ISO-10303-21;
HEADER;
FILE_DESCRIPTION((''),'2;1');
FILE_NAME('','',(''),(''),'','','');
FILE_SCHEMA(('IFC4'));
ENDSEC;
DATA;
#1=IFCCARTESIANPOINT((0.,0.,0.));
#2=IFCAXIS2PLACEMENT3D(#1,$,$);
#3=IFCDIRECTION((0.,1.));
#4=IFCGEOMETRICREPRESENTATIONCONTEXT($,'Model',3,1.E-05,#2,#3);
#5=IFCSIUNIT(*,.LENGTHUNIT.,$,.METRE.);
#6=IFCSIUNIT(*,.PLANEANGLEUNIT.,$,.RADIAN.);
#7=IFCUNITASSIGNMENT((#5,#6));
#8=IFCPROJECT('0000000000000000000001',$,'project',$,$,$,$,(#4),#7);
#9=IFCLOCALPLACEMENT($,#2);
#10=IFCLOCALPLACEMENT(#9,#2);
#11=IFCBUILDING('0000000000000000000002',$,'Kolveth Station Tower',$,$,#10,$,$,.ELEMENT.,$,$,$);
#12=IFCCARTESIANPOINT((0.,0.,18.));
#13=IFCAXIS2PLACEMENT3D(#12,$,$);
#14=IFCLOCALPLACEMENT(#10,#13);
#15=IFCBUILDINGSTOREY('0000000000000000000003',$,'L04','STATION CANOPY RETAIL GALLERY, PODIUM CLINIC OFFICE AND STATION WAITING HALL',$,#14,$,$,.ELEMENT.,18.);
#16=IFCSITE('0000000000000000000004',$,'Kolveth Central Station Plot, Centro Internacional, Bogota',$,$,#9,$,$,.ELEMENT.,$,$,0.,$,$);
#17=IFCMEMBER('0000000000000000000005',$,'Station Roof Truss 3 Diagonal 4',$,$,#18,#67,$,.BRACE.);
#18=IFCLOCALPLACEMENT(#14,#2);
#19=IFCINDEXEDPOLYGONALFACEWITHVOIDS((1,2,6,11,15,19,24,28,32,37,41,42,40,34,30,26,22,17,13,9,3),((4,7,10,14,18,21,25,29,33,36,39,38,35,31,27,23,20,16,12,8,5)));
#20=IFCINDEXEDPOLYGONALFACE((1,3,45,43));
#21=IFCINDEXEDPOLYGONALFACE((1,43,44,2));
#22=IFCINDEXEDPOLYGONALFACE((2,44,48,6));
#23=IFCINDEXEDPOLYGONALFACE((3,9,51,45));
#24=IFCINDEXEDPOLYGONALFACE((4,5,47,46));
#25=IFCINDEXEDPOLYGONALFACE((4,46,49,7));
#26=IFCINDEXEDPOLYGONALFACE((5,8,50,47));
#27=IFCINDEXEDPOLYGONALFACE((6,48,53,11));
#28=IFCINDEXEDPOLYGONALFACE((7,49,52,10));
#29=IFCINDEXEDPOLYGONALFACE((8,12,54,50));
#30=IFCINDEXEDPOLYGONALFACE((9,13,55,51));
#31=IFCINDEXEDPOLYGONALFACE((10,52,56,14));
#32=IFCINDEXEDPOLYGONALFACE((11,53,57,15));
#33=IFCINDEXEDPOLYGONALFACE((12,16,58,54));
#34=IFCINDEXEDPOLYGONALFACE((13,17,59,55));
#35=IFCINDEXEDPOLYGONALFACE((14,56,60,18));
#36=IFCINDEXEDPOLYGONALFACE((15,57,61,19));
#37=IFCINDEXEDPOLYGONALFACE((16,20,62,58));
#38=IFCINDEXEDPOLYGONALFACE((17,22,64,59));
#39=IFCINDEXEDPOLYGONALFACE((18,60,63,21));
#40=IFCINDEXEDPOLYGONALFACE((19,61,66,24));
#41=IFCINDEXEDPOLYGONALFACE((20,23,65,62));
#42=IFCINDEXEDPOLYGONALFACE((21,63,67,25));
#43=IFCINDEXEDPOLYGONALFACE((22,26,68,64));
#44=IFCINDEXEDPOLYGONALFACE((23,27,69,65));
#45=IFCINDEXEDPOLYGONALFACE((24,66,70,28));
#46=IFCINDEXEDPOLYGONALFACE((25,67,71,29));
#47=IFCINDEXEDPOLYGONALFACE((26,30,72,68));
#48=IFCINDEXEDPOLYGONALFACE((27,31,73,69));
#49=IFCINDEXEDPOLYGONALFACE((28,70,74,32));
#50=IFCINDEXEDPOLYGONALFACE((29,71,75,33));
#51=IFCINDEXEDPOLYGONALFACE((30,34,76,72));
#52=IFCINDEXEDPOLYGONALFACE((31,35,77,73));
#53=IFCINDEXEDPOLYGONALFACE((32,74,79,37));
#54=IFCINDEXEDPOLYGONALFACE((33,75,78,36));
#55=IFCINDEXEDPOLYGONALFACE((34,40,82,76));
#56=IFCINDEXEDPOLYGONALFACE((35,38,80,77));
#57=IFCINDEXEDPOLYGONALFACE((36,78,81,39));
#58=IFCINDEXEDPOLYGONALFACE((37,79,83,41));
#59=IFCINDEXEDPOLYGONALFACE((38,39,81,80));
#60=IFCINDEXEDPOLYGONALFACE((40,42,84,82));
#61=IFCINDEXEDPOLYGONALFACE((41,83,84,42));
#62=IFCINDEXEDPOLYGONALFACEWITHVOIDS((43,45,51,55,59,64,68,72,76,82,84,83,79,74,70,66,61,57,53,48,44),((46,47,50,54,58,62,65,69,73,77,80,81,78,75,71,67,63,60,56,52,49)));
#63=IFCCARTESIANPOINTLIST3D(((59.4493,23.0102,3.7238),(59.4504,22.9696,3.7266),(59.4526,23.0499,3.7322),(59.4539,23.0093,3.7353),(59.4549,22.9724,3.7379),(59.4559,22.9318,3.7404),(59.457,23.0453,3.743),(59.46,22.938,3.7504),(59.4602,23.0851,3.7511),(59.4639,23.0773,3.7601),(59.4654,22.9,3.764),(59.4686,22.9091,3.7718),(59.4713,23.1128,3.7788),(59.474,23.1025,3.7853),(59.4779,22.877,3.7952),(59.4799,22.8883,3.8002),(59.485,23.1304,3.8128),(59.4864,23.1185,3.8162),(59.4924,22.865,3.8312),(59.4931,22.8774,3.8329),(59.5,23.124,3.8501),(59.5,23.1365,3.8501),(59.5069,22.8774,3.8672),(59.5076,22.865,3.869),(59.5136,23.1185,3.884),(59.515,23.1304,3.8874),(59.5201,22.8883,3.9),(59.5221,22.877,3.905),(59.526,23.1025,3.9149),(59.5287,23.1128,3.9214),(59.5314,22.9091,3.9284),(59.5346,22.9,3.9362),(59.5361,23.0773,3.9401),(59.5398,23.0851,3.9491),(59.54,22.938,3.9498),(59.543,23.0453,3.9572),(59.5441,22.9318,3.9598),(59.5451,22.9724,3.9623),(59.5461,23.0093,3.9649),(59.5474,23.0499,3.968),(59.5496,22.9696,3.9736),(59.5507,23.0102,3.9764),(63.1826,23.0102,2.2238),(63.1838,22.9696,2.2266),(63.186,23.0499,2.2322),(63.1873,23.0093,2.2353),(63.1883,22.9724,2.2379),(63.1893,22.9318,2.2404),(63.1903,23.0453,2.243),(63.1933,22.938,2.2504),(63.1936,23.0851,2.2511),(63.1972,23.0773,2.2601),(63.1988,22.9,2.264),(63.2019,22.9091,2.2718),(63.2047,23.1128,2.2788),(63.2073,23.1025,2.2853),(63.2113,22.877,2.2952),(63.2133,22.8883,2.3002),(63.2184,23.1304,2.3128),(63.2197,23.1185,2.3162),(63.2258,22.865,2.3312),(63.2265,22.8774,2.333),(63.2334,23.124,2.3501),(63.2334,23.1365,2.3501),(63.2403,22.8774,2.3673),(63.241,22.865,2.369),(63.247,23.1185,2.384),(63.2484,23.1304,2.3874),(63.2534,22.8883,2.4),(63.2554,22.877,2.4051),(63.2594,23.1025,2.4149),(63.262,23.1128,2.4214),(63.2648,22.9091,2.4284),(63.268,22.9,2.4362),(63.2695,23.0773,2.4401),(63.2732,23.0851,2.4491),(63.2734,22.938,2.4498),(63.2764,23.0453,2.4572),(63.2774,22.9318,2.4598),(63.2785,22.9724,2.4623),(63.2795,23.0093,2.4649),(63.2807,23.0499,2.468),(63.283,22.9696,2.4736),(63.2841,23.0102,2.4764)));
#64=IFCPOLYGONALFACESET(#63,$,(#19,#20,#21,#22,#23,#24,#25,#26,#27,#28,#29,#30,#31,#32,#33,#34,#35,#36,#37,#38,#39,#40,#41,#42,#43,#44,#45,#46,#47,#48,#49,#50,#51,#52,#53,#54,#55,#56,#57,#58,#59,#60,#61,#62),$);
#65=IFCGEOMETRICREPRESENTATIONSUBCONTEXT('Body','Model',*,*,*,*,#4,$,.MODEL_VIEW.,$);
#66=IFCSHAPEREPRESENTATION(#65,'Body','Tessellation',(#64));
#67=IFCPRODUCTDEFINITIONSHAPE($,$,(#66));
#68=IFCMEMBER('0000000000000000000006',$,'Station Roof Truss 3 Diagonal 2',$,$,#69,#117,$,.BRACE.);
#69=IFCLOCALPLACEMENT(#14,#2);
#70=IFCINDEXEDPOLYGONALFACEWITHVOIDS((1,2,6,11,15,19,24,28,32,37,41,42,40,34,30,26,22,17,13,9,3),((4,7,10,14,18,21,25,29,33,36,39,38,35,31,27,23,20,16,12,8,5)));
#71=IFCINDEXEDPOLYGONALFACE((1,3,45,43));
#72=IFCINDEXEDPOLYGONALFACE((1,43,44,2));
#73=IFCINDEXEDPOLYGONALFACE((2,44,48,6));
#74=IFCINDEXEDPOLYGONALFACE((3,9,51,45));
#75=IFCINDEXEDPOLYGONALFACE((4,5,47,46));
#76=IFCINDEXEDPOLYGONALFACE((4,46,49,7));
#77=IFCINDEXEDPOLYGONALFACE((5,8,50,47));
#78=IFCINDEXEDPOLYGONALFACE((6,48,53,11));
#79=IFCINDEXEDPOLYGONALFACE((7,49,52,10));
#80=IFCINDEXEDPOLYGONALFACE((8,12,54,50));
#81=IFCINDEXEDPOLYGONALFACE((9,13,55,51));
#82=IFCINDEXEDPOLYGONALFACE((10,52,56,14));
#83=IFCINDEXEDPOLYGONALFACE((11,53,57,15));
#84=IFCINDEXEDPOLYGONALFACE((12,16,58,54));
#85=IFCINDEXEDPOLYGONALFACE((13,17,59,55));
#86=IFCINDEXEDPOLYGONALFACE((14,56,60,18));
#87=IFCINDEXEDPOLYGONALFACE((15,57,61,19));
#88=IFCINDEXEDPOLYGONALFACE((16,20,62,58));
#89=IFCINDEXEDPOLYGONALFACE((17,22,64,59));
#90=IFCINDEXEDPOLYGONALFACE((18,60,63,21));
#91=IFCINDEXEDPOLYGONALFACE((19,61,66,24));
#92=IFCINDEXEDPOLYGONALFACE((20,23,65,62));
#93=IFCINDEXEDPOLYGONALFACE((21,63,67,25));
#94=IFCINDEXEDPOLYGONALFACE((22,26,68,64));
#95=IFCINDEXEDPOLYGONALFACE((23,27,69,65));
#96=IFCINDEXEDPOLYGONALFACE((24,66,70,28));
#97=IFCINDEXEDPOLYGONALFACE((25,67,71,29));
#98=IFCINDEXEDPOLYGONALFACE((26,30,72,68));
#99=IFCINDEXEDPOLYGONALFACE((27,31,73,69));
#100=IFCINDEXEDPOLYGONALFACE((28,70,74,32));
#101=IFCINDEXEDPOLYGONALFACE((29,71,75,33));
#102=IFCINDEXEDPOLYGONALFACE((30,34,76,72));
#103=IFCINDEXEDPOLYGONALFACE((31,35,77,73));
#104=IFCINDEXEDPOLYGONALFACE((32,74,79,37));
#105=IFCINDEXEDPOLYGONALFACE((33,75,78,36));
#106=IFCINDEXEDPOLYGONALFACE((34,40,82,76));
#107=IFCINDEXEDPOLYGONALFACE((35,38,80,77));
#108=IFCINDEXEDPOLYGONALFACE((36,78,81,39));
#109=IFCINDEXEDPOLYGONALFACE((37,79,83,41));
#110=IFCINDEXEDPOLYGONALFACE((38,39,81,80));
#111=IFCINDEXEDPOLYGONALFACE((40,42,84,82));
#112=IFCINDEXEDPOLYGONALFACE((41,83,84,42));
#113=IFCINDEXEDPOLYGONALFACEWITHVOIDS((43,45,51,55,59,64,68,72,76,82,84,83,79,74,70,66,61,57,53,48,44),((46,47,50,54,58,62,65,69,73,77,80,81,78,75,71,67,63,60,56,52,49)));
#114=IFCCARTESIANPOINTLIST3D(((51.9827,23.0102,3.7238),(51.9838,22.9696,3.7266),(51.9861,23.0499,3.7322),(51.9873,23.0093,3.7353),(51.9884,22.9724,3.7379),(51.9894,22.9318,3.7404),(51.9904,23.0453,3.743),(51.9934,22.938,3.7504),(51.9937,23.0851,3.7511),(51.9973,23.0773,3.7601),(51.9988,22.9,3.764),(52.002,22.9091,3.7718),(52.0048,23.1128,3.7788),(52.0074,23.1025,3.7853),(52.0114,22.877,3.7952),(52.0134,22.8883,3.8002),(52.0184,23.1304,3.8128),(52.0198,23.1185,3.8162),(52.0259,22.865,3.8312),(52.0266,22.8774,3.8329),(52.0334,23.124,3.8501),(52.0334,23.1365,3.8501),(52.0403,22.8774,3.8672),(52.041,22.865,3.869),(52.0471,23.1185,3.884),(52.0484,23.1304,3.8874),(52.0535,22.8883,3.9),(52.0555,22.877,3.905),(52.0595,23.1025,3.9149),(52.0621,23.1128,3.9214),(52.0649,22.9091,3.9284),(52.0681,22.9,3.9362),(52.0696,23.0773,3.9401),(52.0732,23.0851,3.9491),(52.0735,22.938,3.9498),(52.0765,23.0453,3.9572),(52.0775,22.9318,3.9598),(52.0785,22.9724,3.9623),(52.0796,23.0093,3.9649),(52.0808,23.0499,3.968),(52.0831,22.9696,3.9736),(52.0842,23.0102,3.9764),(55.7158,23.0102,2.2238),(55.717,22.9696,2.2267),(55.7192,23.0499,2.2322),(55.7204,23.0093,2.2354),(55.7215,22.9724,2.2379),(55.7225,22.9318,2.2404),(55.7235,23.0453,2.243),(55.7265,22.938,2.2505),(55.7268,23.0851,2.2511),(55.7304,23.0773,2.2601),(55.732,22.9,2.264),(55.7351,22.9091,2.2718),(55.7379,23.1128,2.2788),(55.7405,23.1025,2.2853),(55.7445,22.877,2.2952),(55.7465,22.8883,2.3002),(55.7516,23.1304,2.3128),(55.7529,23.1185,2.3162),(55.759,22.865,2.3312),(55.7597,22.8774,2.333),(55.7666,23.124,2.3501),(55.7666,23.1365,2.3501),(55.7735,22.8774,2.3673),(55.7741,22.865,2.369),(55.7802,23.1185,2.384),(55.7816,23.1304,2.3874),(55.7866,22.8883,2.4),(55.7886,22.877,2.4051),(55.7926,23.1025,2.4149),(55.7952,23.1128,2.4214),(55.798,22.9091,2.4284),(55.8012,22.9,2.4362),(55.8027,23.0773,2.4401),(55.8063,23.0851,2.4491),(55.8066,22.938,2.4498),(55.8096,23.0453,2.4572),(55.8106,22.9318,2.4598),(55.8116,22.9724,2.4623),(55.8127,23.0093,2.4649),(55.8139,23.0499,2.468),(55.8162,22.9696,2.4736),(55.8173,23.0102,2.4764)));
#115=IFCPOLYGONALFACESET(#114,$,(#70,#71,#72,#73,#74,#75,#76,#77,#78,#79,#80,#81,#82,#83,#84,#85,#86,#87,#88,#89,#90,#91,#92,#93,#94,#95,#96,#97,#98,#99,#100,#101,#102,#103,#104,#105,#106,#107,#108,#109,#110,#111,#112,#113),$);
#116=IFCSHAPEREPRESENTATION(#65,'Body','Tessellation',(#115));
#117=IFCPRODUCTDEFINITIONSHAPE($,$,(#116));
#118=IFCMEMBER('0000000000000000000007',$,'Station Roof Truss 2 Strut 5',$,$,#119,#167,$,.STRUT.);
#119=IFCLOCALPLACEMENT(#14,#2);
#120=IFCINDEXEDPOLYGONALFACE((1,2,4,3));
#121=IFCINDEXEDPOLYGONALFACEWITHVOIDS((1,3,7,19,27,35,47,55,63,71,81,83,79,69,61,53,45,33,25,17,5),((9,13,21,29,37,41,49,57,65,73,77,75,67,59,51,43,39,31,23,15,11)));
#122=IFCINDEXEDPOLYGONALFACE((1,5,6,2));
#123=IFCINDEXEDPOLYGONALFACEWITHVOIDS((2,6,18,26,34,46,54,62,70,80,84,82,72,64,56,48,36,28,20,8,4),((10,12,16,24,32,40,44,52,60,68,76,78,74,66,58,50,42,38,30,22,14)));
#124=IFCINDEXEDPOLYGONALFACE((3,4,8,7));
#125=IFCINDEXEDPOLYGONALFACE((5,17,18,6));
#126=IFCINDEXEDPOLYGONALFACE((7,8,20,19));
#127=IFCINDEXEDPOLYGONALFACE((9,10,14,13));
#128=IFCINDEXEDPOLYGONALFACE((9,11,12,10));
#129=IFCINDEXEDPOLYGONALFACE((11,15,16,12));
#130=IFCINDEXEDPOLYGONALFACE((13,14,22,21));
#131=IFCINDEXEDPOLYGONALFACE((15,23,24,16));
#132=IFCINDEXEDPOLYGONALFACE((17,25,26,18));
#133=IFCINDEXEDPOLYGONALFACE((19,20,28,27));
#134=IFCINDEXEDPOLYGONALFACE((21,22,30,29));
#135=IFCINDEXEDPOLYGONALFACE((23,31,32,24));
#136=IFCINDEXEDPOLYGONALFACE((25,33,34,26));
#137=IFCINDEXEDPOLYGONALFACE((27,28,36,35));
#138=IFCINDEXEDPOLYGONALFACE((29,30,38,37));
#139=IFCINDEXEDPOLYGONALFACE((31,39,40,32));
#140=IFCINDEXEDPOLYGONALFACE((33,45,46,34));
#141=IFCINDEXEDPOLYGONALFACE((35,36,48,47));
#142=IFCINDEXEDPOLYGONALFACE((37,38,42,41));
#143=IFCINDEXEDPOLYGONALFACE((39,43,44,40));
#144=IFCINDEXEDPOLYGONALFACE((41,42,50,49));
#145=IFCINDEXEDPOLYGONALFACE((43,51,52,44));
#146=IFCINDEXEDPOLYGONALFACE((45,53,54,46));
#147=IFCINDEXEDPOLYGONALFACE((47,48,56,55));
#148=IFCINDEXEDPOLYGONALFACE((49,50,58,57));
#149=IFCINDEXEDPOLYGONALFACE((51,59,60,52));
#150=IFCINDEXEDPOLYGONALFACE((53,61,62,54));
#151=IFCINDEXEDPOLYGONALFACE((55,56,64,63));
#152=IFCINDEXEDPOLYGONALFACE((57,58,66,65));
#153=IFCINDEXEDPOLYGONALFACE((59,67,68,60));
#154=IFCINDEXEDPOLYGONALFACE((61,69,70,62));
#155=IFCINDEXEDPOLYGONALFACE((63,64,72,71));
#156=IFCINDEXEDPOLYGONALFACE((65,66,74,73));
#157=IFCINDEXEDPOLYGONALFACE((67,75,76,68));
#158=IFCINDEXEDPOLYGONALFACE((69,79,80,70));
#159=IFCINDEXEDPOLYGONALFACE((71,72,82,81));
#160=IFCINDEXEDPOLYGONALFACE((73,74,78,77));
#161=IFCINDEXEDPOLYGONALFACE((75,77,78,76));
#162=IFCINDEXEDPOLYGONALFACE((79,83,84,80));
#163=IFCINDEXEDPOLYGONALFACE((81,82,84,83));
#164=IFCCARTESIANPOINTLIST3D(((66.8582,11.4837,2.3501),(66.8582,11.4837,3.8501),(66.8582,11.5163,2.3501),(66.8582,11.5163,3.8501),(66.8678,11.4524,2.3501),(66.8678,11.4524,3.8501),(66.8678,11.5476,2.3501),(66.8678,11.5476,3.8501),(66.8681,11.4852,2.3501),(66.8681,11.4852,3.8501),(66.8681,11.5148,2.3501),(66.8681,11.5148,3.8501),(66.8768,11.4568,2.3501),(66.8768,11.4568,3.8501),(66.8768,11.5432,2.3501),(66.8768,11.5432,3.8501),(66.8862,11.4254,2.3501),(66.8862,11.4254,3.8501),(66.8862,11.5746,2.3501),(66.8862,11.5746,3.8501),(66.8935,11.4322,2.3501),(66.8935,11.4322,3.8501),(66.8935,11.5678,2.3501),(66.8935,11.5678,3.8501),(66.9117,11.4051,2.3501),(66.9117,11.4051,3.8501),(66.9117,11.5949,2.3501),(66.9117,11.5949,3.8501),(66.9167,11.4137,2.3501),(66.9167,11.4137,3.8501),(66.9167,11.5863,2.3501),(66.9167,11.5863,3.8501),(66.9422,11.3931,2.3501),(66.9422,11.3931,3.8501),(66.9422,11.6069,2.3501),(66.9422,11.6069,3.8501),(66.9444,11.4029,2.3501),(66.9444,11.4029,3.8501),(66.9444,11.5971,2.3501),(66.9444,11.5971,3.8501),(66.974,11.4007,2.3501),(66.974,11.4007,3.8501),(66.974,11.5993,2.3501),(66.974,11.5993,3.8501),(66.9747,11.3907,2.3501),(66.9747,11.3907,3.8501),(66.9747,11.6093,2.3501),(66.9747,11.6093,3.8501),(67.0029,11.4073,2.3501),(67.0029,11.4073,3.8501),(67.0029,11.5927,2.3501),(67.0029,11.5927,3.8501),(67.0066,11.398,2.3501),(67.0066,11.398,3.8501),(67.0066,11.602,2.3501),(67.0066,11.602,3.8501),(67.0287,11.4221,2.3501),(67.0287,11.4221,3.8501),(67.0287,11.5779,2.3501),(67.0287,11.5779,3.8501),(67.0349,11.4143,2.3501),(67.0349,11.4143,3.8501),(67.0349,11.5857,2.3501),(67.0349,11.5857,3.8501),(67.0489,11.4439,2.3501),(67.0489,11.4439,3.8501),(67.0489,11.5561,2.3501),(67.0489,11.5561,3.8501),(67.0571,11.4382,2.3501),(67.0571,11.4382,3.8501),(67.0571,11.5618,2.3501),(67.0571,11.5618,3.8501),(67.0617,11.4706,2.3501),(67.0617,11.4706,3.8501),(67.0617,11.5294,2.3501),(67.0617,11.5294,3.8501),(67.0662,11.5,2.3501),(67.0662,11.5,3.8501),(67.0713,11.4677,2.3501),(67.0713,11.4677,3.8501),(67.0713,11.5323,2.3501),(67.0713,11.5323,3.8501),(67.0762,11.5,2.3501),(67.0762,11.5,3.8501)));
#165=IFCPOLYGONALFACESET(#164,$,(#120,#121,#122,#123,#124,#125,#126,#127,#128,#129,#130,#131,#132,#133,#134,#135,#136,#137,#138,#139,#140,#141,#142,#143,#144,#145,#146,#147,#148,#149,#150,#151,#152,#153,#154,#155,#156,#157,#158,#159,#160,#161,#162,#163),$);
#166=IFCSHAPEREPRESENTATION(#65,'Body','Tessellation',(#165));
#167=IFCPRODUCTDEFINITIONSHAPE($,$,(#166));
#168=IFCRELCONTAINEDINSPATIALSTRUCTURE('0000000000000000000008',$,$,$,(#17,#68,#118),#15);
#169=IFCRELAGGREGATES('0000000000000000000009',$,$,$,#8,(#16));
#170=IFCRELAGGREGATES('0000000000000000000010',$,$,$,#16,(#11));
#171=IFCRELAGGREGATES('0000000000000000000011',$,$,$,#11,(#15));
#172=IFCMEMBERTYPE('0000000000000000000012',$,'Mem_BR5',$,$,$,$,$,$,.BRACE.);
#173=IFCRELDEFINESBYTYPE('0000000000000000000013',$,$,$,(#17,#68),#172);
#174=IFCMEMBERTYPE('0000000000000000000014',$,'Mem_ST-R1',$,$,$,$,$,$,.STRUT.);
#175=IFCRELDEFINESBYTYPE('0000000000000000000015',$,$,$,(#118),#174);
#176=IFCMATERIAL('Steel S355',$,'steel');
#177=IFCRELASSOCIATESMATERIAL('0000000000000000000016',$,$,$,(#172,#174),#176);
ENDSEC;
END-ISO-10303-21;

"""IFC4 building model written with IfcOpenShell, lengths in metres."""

from ifc_helpers import new_model, si_unit, direction, frame, origin, origin_2d, place, context, subcontext, project, spatial, hollow_circle, extrude, source, transform, mapped, material, material_profile, profile_set, type_object, element, save


model = new_model("IFC4")

# Units and contexts
model_context = context("Model", 3, precision=1e-05, world=origin(), true_north=direction((0.0, 1.0)))
body_context = subcontext(model_context, "Body", "Model", "MODEL_VIEW")
ifc_project = project(units=[si_unit("LENGTHUNIT", "METRE"), si_unit("PLANEANGLEUNIT", "RADIAN")], contexts=[model_context])

# Site, building, storey
site_placement = place(None, origin())
site = spatial("IfcSite", under=ifc_project, at=site_placement, Name="Kolveth Central Station Plot, Centro Internacional, Bogota", CompositionType="ELEMENT", RefElevation=0.0)
building_placement = place(site_placement, origin())
building = spatial("IfcBuilding", under=site, at=building_placement, Name="Kolveth Station Tower", CompositionType="ELEMENT")
storey_placement = place(building_placement, frame((0.0, 0.0, 18.0)))
storey = spatial("IfcBuildingStorey", under=building, at=storey_placement, Name="L04", Description="STATION CANOPY RETAIL GALLERY, PODIUM CLINIC OFFICE AND STATION WAITING HALL", CompositionType="ELEMENT", Elevation=18.0)

# Shared definitions
ifc_material_1 = material(Name="Steel S355", Category="steel")

# Members
ifc_material_profile_1 = material_profile(ifc_material_1, hollow_circle(Radius=0.1365, WallThickness=0.0125, at=origin_2d()), Name="CHS273x12.5")
ifc_profile_set_1 = profile_set([ifc_material_profile_1], Name="Steel S355")
member_type_1 = type_object("IfcMemberType", Name="Mem_BR5", PredefinedType="BRACE", material=ifc_profile_set_1)
shared_shape_1 = source(origin(), body_context, "Body", "SweptSolid", [
    extrude(hollow_circle(Radius=0.1365, WallThickness=0.0125, at=origin_2d()), origin(), (0.0, 0.0, 1.0), 4.0234),
])
for number, where, z_axis, x_axis, name in (
    (1, (59.5, 23.0, 3.8501), (0.927906, 0.0, -0.372813), (0.0, 1.0, 0.0), "Station Roof Truss 3 Diagonal 4"),
):
    element("IfcMember", number, at=place(storey_placement, frame(where, z_axis=z_axis, x_axis=x_axis)), inside=storey, type_object=member_type_1, Name=name, PredefinedType="BRACE", context=body_context, shape_type="MappedRepresentation", body=[
        mapped(shared_shape_1, transform((0.0, 0.0, 0.0), x_axis=(1.0, 0.0, 0.0), y_axis=(0.0, 1.0, 0.0), z_axis=(0.0, 0.0, 1.0), scale=1.0)),
    ])
shared_shape_2 = source(origin(), body_context, "Body", "SweptSolid", [
    extrude(hollow_circle(Radius=0.1365, WallThickness=0.0125, at=origin_2d()), origin(), (0.0, 0.0, 1.0), 4.0232),
])
member_1_placement = place(storey_placement, frame((52.0334, 23.0, 3.8501), z_axis=(0.927898, 0.0, -0.372834), x_axis=(0.0, 1.0, 0.0)))
element("IfcMember", 2, at=member_1_placement, inside=storey, type_object=member_type_1, Name="Station Roof Truss 3 Diagonal 2", PredefinedType="BRACE", context=body_context, shape_type="MappedRepresentation", body=[
    mapped(shared_shape_2, transform((0.0, 0.0, 0.0), x_axis=(1.0, 0.0, 0.0), y_axis=(0.0, 1.0, 0.0), z_axis=(0.0, 0.0, 1.0), scale=1.0)),
])
ifc_material_profile_2 = material_profile(ifc_material_1, hollow_circle(Radius=0.1096, WallThickness=0.01, at=origin_2d()), Name="CHS219x10")
ifc_profile_set_2 = profile_set([ifc_material_profile_2], Name="Steel S355")
member_type_2 = type_object("IfcMemberType", Name="Mem_ST-R1", PredefinedType="STRUT", material=ifc_profile_set_2)
shared_shape_3 = source(origin(), body_context, "Body", "SweptSolid", [
    extrude(hollow_circle(Radius=0.1096, WallThickness=0.01, at=origin_2d()), origin(), (0.0, 0.0, 1.0), 1.5),
])
for number, where, z_axis, x_axis, name in (
    (3, (66.9666, 11.5, 2.3501), (0.0, 0.0, 1.0), (1.0, 0.0, 0.0), "Station Roof Truss 2 Strut 5"),
):
    element("IfcMember", number, at=place(storey_placement, frame(where, z_axis=z_axis, x_axis=x_axis)), inside=storey, type_object=member_type_2, Name=name, PredefinedType="STRUT", context=body_context, shape_type="MappedRepresentation", body=[
        mapped(shared_shape_3, transform((0.0, 0.0, 0.0), x_axis=(1.0, 0.0, 0.0), y_axis=(0.0, 1.0, 0.0), z_axis=(0.0, 0.0, 1.0), scale=1.0)),
    ])

save(model, "model.ifc")
